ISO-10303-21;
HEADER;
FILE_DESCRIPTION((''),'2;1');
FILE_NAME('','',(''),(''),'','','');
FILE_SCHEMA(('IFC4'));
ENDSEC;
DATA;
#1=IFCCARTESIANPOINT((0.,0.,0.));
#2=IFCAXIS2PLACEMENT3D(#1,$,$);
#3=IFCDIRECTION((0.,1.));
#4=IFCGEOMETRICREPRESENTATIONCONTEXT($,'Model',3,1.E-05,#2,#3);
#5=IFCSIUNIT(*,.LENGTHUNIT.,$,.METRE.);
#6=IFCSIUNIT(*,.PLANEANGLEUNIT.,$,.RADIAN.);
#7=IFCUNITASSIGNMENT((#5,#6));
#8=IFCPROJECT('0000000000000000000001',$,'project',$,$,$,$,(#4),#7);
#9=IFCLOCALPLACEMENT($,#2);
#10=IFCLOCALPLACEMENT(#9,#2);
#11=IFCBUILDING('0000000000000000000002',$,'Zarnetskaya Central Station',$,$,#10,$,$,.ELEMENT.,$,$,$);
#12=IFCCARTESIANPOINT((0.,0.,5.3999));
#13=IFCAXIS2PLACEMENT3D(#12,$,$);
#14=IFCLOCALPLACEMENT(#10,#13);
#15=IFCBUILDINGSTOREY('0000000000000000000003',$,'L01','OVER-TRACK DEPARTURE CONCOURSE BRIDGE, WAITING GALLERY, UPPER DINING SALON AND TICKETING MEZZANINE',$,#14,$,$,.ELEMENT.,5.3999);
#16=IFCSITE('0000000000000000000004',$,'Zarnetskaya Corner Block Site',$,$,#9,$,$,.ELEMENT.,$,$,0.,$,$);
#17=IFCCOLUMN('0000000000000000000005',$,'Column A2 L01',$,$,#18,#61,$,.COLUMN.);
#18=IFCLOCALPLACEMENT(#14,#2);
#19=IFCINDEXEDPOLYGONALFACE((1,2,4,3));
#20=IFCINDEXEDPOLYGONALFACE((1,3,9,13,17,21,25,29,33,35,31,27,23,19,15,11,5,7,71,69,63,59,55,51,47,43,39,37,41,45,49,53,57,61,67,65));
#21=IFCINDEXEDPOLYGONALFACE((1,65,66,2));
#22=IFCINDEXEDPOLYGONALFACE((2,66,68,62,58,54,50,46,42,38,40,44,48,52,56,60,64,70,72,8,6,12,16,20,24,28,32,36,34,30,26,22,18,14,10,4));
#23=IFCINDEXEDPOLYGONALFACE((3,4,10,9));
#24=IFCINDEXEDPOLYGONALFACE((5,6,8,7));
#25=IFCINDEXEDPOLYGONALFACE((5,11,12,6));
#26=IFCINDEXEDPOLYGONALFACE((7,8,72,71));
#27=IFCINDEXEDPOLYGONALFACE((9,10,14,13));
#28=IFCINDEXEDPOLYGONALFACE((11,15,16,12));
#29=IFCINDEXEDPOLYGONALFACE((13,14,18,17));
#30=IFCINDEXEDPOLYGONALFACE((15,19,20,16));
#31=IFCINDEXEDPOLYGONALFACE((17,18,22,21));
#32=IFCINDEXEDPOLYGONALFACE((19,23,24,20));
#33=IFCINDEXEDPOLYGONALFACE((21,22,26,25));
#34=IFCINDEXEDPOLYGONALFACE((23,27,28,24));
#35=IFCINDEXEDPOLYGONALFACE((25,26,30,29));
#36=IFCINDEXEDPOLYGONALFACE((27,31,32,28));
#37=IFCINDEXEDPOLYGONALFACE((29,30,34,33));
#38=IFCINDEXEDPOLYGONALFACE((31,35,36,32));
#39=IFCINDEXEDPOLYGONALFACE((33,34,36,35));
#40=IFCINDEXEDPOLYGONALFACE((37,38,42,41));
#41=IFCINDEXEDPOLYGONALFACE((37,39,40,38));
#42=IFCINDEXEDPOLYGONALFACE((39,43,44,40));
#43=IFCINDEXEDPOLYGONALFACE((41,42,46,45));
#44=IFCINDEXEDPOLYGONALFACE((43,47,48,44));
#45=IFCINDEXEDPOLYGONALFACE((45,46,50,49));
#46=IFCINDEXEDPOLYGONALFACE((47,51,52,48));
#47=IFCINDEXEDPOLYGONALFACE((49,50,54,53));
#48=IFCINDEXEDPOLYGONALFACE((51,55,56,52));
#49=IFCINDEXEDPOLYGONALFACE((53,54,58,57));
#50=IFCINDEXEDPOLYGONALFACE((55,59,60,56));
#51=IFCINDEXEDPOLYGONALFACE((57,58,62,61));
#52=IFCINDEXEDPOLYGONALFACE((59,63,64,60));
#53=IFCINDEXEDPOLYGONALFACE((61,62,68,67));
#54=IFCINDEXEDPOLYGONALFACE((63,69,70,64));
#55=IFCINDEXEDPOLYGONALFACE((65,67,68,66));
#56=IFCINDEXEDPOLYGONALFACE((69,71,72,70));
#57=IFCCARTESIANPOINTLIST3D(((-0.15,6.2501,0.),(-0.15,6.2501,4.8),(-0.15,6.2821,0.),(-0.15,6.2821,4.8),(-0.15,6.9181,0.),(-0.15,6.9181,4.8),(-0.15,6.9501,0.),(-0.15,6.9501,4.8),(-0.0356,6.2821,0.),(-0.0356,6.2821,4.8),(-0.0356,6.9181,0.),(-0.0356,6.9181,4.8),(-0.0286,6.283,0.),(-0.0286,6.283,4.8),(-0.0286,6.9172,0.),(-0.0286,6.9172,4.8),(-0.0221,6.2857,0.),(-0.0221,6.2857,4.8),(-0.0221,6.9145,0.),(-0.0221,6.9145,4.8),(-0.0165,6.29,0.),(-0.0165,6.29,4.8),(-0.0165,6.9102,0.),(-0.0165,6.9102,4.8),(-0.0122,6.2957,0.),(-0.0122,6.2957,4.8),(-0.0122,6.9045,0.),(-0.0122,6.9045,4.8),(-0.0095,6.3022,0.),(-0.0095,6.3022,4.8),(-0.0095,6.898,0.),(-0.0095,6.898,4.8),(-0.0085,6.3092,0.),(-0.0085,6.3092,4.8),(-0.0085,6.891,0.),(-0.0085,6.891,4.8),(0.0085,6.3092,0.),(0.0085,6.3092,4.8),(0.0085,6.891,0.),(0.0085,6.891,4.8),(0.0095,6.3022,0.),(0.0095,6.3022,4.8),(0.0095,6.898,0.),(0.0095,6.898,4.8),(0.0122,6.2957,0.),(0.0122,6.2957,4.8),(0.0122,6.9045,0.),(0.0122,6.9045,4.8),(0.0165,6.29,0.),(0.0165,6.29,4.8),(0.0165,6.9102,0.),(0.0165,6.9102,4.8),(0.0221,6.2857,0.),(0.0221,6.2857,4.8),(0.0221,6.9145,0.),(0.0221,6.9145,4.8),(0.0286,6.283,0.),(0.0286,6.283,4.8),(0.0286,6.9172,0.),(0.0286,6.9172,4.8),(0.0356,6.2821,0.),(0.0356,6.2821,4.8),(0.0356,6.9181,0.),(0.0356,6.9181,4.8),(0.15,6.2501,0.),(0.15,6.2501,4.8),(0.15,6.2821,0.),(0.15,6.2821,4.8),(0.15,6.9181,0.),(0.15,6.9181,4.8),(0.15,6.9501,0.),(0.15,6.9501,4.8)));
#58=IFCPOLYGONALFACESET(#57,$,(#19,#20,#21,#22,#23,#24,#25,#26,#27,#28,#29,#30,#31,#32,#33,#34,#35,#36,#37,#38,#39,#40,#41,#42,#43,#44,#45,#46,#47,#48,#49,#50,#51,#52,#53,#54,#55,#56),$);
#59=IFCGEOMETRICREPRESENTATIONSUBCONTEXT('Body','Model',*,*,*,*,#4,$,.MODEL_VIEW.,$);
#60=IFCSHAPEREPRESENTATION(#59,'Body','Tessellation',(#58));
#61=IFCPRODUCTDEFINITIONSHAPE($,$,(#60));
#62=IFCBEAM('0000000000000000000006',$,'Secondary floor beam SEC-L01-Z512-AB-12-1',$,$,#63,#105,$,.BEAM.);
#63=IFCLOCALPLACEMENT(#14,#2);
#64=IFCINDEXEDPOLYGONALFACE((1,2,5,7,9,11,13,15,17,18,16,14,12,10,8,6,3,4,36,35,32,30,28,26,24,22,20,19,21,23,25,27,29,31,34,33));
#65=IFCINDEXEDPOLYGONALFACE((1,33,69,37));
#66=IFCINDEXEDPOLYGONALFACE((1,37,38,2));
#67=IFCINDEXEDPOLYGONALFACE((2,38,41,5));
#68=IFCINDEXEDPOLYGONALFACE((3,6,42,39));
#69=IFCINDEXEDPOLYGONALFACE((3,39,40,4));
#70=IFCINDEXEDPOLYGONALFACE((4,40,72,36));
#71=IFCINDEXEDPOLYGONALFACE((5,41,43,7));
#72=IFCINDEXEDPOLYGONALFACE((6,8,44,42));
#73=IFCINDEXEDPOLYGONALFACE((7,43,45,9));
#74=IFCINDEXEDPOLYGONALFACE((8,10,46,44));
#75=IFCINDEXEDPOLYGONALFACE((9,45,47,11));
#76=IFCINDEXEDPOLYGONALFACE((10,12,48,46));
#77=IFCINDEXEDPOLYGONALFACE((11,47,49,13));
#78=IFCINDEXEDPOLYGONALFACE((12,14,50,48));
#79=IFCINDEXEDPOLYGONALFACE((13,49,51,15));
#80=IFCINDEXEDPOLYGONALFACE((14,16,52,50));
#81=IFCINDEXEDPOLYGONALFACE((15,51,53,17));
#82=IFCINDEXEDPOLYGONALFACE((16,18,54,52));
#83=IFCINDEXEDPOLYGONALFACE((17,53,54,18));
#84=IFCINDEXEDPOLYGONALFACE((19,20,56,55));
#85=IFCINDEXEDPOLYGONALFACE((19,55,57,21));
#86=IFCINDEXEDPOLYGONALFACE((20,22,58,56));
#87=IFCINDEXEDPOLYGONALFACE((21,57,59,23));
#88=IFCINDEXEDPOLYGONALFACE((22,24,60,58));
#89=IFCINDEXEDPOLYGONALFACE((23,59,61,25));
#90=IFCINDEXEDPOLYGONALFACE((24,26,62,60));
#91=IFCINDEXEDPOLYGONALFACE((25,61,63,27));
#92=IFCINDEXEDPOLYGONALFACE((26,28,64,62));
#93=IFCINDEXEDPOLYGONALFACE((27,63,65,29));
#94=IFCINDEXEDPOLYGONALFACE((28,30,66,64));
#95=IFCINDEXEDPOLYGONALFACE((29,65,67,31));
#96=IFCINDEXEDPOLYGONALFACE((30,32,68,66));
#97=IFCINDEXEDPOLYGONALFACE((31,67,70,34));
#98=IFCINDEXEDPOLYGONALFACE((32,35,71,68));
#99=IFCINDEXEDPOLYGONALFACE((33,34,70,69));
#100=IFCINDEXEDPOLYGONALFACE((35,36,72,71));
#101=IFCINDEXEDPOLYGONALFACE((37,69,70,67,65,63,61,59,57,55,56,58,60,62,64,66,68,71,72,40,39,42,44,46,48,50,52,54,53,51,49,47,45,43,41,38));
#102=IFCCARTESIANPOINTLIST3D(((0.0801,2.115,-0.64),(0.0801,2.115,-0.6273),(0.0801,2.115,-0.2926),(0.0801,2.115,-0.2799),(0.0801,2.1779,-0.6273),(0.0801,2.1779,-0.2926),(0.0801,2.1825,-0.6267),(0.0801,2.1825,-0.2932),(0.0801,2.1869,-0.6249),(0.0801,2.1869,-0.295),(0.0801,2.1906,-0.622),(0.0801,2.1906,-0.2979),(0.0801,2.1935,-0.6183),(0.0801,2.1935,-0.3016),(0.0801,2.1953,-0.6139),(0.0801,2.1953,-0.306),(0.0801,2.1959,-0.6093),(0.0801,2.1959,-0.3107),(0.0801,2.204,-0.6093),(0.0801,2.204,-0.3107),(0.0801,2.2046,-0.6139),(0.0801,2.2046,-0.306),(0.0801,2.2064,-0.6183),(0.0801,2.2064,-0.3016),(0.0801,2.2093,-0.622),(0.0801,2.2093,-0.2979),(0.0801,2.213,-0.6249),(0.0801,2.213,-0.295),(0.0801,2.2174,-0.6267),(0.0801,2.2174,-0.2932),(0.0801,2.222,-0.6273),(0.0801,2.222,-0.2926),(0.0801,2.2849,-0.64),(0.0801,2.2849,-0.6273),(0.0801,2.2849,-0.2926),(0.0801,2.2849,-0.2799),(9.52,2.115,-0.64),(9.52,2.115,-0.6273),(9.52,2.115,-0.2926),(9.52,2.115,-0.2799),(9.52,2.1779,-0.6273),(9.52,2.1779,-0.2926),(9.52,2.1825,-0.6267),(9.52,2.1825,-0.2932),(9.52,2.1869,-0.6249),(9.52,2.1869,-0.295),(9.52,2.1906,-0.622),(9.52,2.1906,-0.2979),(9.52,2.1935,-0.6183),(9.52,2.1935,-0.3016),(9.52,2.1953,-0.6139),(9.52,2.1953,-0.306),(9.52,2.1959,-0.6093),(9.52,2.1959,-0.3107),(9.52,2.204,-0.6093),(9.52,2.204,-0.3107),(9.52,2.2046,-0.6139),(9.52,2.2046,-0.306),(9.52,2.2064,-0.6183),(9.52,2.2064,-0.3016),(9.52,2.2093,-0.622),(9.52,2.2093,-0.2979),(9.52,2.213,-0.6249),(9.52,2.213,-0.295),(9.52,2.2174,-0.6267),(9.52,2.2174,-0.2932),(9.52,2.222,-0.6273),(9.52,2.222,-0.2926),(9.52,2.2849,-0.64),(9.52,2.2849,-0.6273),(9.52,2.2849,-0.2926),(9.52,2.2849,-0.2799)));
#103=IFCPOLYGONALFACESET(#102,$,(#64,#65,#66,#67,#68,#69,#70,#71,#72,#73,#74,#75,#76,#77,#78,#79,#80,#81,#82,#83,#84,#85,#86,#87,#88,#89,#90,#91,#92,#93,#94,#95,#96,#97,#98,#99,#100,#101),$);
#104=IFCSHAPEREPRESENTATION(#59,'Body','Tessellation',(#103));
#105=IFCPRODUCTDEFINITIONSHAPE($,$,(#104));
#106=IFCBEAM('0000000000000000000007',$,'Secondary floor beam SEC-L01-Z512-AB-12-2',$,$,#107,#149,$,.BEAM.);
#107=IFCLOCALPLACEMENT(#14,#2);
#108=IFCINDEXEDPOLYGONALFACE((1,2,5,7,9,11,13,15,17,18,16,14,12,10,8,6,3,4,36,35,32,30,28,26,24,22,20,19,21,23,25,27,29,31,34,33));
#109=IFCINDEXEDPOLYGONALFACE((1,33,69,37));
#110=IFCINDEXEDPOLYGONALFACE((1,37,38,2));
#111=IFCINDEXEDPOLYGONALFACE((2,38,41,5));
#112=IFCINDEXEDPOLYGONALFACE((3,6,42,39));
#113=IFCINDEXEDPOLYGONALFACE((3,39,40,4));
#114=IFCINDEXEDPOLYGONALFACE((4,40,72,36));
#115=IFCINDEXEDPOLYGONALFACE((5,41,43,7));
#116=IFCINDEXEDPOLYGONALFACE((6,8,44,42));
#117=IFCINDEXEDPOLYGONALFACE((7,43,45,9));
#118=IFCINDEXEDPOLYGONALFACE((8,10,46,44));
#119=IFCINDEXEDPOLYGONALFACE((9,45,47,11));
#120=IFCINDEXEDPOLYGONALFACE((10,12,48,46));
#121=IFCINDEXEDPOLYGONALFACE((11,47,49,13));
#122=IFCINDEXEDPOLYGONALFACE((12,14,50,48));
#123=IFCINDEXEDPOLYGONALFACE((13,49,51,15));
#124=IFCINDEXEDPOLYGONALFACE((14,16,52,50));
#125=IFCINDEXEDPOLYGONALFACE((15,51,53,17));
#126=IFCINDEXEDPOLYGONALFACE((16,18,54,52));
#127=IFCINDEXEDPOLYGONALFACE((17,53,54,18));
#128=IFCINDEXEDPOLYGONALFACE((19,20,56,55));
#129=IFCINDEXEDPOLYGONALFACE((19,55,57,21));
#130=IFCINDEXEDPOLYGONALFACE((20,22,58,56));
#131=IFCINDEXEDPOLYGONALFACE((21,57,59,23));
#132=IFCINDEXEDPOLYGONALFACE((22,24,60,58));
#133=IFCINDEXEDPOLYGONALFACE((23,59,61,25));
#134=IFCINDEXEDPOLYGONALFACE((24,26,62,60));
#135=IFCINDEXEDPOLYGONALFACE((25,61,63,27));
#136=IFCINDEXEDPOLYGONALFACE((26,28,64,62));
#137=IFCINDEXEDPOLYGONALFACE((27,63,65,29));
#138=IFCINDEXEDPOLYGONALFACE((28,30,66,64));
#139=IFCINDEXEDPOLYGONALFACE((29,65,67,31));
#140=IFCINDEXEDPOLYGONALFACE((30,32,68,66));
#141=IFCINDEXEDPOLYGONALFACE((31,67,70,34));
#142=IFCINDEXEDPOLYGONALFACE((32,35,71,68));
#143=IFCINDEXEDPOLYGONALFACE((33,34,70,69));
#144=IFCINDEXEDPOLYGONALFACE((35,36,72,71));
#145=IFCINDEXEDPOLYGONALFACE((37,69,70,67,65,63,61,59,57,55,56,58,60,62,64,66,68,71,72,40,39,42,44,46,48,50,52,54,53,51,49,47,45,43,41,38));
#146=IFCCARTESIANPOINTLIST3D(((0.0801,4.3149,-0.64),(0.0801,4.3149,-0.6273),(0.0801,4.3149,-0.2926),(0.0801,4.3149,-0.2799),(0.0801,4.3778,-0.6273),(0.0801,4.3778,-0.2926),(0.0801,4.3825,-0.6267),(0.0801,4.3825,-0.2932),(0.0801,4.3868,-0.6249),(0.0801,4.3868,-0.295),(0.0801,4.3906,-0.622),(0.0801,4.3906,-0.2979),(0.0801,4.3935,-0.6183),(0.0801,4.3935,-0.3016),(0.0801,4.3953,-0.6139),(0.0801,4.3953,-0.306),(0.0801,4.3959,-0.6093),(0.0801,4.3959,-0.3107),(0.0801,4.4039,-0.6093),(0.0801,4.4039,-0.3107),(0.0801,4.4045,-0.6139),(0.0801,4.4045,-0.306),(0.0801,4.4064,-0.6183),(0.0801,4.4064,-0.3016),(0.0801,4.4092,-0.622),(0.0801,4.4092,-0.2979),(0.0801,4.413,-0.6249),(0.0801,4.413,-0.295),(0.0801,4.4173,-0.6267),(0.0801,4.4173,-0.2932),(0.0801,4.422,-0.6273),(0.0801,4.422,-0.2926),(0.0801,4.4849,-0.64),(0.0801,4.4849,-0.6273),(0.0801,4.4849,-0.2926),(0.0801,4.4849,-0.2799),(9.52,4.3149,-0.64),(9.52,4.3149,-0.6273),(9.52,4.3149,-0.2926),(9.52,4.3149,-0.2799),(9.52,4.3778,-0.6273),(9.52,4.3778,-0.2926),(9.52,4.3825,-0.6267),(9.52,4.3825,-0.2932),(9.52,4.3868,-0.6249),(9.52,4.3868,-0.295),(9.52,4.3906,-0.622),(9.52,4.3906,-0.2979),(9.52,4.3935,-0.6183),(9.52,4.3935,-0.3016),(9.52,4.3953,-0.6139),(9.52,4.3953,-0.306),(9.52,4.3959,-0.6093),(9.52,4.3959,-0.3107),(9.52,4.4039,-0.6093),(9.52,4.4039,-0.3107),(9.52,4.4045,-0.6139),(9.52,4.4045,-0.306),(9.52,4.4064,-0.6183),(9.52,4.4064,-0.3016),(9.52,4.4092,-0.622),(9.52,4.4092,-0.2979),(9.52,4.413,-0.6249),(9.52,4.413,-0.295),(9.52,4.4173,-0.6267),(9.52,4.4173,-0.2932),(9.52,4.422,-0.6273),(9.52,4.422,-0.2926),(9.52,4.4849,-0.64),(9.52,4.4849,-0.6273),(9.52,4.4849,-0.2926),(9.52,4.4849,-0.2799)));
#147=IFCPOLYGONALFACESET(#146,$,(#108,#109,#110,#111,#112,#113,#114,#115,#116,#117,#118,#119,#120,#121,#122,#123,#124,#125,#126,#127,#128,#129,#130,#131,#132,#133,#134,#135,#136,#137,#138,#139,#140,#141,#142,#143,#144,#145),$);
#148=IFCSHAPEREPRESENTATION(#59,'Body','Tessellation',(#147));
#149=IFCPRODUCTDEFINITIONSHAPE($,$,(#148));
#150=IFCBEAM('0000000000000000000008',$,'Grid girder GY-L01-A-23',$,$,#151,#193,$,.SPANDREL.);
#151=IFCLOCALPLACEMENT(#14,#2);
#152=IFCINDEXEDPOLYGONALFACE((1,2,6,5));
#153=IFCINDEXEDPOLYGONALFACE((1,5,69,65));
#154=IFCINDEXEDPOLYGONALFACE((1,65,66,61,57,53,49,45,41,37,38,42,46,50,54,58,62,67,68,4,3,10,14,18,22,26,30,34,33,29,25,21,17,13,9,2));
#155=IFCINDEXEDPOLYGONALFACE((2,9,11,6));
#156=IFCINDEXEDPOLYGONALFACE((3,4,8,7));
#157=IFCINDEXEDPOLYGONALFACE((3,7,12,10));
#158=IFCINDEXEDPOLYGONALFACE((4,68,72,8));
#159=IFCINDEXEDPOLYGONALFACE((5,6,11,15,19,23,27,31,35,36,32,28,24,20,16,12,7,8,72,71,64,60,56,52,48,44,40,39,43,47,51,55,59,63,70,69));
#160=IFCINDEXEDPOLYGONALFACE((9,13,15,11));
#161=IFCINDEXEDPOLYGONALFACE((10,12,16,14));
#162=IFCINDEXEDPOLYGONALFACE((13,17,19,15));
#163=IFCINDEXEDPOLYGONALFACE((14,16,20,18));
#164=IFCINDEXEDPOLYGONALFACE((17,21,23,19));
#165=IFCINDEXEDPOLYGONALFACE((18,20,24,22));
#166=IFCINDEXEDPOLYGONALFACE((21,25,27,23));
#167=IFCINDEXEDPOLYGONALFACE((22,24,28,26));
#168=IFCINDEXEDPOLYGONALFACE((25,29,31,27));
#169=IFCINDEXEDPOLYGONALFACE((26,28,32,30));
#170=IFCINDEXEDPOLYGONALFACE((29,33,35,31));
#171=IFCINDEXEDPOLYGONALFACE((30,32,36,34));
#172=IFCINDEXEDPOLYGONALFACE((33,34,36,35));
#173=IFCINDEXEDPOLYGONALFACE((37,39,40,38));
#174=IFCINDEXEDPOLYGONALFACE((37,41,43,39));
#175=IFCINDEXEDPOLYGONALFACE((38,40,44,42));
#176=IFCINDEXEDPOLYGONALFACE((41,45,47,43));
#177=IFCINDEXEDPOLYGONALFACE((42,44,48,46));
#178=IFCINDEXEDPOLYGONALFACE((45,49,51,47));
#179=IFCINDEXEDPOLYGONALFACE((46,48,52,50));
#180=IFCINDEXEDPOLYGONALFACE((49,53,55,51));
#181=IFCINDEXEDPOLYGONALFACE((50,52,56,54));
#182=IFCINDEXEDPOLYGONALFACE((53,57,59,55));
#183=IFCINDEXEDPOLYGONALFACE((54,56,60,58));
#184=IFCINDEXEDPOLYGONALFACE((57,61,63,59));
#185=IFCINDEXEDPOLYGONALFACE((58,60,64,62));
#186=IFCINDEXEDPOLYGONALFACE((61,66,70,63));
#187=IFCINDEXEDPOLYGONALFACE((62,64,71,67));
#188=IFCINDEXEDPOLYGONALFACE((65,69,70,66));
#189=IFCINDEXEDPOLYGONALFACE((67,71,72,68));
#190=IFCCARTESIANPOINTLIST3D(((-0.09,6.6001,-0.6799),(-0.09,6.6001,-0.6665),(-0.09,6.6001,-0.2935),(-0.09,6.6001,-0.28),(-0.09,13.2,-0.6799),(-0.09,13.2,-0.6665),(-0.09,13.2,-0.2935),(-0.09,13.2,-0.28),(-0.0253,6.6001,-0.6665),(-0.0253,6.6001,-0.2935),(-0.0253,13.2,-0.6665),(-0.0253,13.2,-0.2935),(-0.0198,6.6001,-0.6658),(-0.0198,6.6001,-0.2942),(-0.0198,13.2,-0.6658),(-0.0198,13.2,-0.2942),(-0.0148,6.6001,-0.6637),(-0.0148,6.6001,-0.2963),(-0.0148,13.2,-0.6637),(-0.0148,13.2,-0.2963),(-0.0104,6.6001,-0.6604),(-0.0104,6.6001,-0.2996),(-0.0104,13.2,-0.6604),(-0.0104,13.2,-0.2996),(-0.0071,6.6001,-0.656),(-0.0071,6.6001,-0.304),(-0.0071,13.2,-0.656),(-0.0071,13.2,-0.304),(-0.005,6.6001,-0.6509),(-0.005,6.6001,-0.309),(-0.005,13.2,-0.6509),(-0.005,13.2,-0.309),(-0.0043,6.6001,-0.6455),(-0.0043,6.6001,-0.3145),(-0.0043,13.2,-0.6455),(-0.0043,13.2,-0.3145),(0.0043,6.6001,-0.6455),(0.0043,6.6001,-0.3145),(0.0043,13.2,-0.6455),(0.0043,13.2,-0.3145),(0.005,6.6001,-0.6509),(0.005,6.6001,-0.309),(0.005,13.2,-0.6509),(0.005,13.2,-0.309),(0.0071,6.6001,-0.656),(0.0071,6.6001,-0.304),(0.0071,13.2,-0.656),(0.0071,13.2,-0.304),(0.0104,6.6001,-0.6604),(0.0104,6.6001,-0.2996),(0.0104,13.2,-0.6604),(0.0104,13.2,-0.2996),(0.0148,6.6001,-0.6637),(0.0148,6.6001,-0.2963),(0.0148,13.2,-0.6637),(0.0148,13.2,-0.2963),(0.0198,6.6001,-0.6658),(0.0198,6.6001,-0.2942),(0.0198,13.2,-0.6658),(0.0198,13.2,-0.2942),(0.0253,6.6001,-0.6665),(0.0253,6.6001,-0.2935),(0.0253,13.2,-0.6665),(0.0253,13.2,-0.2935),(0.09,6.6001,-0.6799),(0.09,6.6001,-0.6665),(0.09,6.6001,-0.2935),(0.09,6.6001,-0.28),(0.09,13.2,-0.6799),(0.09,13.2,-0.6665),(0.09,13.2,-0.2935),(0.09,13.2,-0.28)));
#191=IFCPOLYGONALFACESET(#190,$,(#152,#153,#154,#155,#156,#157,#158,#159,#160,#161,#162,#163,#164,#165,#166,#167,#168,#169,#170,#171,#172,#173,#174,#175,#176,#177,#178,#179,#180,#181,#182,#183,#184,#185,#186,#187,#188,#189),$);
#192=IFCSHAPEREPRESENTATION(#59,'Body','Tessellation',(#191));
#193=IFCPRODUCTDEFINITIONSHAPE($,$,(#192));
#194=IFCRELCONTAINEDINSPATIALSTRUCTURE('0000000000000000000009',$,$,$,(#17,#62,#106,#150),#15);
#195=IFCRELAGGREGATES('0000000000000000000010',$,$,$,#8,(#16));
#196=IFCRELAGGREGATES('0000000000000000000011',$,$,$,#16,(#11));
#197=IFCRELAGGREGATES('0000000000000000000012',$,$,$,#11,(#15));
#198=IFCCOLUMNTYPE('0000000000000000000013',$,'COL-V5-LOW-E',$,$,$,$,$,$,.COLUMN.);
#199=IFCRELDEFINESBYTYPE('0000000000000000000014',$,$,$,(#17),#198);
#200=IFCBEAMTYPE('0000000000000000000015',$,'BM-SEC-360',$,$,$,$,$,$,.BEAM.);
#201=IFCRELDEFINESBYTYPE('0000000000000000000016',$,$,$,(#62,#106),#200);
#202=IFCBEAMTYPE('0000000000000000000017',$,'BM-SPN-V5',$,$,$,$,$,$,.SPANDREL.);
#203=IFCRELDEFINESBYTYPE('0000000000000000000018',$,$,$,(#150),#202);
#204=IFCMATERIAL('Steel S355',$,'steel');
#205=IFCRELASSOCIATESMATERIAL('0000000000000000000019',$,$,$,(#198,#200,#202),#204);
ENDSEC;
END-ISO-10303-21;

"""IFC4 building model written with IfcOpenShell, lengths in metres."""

from ifc_helpers import new_model, si_unit, direction, frame, origin, origin_2d, place, context, subcontext, project, spatial, i_section, extrude, material, material_profile, profile_set, type_object, element, save


model = new_model("IFC4")

# Units and contexts
model_context = context("Model", 3, precision=1e-05, world=origin(), true_north=direction((0.0, 1.0)))
body_context = subcontext(model_context, "Body", "Model", "MODEL_VIEW")
ifc_project = project(units=[si_unit("LENGTHUNIT", "METRE"), si_unit("PLANEANGLEUNIT", "RADIAN")], contexts=[model_context])

# Site, building, storey
site_placement = place(None, origin())
site = spatial("IfcSite", under=ifc_project, at=site_placement, Name="Zarnetskaya Corner Block Site", CompositionType="ELEMENT", RefElevation=0.0)
building_placement = place(site_placement, origin())
building = spatial("IfcBuilding", under=site, at=building_placement, Name="Zarnetskaya Central Station", CompositionType="ELEMENT")
storey_placement = place(building_placement, frame((0.0, 0.0, 5.3999)))
storey = spatial("IfcBuildingStorey", under=building, at=storey_placement, Name="L01", Description="OVER-TRACK DEPARTURE CONCOURSE BRIDGE, WAITING GALLERY, UPPER DINING SALON AND TICKETING MEZZANINE", CompositionType="ELEMENT", Elevation=5.3999)

# Column
ifc_material_1 = material(Name="Steel S355", Category="steel")
ifc_material_profile_1 = material_profile(ifc_material_1, i_section(OverallWidth=0.3, OverallDepth=0.7, WebThickness=0.0171, FlangeThickness=0.032, FilletRadius=0.0271, at=origin_2d()), Name="HEB 700")
ifc_profile_set_1 = profile_set([ifc_material_profile_1], Name="Steel S355")
column_type = type_object("IfcColumnType", Name="COL-V5-LOW-E", PredefinedType="COLUMN", material=ifc_profile_set_1)
column_placement = place(storey_placement, frame((0.0, 6.6001, 0.0), z_axis=(0.0, 0.0, 1.0), x_axis=(1.0, 0.0, 0.0)))
element("IfcColumn", 1, at=column_placement, inside=storey, type_object=column_type, Name="Column A2 L01", PredefinedType="COLUMN", context=body_context, shape_type="SweptSolid", body=[
    extrude(i_section(OverallWidth=0.3, OverallDepth=0.7, WebThickness=0.0171, FlangeThickness=0.032, FilletRadius=0.0271, at=origin_2d()), origin(), (0.0, 0.0, 1.0), 4.8),
])

# Beams
ifc_material_profile_2 = material_profile(ifc_material_1, i_section(OverallWidth=0.1699, OverallDepth=0.3601, WebThickness=0.0081, FlangeThickness=0.0127, FilletRadius=0.0181, at=origin_2d()), Name="IPE 360")
ifc_profile_set_2 = profile_set([ifc_material_profile_2], Name="Steel S355")
beam_type_1 = type_object("IfcBeamType", Name="BM-SEC-360", PredefinedType="BEAM", material=ifc_profile_set_2)
for number, where, z_axis, x_axis, name in (
    (2, (0.0801, 2.2, -0.46), (1.0, 0.0, 0.0), (0.0, 1.0, 0.0), "Secondary floor beam SEC-L01-Z512-AB-12-1"),
    (3, (0.0801, 4.3999, -0.46), (1.0, 0.0, 0.0), (0.0, 1.0, 0.0), "Secondary floor beam SEC-L01-Z512-AB-12-2"),
):
    element("IfcBeam", number, at=place(storey_placement, frame(where, z_axis=z_axis, x_axis=x_axis)), inside=storey, type_object=beam_type_1, Name=name, PredefinedType="BEAM", context=body_context, shape_type="SweptSolid", body=[
        extrude(i_section(OverallWidth=0.1699, OverallDepth=0.3601, WebThickness=0.0081, FlangeThickness=0.0127, FilletRadius=0.0181, at=origin_2d()), origin(), (0.0, 0.0, 1.0), 9.4399),
    ])
ifc_material_profile_3 = material_profile(ifc_material_1, i_section(OverallWidth=0.1799, OverallDepth=0.3999, WebThickness=0.0085, FlangeThickness=0.0134, FilletRadius=0.021, at=origin_2d()), Name="IPE 400")
ifc_profile_set_3 = profile_set([ifc_material_profile_3], Name="Steel S355")
beam_type_2 = type_object("IfcBeamType", Name="BM-SPN-V5", PredefinedType="SPANDREL", material=ifc_profile_set_3)
beam_placement = place(storey_placement, frame((0.0, 6.6001, -0.48), z_axis=(0.0, 1.0, 0.0), x_axis=(-1.0, 0.0, 0.0)))
element("IfcBeam", 4, at=beam_placement, inside=storey, type_object=beam_type_2, Name="Grid girder GY-L01-A-23", PredefinedType="SPANDREL", context=body_context, shape_type="SweptSolid", body=[
    extrude(i_section(OverallWidth=0.1799, OverallDepth=0.3999, WebThickness=0.0085, FlangeThickness=0.0134, FilletRadius=0.021, at=origin_2d()), origin(), (0.0, 0.0, 1.0), 6.5999),
])

save(model, "model.ifc")
